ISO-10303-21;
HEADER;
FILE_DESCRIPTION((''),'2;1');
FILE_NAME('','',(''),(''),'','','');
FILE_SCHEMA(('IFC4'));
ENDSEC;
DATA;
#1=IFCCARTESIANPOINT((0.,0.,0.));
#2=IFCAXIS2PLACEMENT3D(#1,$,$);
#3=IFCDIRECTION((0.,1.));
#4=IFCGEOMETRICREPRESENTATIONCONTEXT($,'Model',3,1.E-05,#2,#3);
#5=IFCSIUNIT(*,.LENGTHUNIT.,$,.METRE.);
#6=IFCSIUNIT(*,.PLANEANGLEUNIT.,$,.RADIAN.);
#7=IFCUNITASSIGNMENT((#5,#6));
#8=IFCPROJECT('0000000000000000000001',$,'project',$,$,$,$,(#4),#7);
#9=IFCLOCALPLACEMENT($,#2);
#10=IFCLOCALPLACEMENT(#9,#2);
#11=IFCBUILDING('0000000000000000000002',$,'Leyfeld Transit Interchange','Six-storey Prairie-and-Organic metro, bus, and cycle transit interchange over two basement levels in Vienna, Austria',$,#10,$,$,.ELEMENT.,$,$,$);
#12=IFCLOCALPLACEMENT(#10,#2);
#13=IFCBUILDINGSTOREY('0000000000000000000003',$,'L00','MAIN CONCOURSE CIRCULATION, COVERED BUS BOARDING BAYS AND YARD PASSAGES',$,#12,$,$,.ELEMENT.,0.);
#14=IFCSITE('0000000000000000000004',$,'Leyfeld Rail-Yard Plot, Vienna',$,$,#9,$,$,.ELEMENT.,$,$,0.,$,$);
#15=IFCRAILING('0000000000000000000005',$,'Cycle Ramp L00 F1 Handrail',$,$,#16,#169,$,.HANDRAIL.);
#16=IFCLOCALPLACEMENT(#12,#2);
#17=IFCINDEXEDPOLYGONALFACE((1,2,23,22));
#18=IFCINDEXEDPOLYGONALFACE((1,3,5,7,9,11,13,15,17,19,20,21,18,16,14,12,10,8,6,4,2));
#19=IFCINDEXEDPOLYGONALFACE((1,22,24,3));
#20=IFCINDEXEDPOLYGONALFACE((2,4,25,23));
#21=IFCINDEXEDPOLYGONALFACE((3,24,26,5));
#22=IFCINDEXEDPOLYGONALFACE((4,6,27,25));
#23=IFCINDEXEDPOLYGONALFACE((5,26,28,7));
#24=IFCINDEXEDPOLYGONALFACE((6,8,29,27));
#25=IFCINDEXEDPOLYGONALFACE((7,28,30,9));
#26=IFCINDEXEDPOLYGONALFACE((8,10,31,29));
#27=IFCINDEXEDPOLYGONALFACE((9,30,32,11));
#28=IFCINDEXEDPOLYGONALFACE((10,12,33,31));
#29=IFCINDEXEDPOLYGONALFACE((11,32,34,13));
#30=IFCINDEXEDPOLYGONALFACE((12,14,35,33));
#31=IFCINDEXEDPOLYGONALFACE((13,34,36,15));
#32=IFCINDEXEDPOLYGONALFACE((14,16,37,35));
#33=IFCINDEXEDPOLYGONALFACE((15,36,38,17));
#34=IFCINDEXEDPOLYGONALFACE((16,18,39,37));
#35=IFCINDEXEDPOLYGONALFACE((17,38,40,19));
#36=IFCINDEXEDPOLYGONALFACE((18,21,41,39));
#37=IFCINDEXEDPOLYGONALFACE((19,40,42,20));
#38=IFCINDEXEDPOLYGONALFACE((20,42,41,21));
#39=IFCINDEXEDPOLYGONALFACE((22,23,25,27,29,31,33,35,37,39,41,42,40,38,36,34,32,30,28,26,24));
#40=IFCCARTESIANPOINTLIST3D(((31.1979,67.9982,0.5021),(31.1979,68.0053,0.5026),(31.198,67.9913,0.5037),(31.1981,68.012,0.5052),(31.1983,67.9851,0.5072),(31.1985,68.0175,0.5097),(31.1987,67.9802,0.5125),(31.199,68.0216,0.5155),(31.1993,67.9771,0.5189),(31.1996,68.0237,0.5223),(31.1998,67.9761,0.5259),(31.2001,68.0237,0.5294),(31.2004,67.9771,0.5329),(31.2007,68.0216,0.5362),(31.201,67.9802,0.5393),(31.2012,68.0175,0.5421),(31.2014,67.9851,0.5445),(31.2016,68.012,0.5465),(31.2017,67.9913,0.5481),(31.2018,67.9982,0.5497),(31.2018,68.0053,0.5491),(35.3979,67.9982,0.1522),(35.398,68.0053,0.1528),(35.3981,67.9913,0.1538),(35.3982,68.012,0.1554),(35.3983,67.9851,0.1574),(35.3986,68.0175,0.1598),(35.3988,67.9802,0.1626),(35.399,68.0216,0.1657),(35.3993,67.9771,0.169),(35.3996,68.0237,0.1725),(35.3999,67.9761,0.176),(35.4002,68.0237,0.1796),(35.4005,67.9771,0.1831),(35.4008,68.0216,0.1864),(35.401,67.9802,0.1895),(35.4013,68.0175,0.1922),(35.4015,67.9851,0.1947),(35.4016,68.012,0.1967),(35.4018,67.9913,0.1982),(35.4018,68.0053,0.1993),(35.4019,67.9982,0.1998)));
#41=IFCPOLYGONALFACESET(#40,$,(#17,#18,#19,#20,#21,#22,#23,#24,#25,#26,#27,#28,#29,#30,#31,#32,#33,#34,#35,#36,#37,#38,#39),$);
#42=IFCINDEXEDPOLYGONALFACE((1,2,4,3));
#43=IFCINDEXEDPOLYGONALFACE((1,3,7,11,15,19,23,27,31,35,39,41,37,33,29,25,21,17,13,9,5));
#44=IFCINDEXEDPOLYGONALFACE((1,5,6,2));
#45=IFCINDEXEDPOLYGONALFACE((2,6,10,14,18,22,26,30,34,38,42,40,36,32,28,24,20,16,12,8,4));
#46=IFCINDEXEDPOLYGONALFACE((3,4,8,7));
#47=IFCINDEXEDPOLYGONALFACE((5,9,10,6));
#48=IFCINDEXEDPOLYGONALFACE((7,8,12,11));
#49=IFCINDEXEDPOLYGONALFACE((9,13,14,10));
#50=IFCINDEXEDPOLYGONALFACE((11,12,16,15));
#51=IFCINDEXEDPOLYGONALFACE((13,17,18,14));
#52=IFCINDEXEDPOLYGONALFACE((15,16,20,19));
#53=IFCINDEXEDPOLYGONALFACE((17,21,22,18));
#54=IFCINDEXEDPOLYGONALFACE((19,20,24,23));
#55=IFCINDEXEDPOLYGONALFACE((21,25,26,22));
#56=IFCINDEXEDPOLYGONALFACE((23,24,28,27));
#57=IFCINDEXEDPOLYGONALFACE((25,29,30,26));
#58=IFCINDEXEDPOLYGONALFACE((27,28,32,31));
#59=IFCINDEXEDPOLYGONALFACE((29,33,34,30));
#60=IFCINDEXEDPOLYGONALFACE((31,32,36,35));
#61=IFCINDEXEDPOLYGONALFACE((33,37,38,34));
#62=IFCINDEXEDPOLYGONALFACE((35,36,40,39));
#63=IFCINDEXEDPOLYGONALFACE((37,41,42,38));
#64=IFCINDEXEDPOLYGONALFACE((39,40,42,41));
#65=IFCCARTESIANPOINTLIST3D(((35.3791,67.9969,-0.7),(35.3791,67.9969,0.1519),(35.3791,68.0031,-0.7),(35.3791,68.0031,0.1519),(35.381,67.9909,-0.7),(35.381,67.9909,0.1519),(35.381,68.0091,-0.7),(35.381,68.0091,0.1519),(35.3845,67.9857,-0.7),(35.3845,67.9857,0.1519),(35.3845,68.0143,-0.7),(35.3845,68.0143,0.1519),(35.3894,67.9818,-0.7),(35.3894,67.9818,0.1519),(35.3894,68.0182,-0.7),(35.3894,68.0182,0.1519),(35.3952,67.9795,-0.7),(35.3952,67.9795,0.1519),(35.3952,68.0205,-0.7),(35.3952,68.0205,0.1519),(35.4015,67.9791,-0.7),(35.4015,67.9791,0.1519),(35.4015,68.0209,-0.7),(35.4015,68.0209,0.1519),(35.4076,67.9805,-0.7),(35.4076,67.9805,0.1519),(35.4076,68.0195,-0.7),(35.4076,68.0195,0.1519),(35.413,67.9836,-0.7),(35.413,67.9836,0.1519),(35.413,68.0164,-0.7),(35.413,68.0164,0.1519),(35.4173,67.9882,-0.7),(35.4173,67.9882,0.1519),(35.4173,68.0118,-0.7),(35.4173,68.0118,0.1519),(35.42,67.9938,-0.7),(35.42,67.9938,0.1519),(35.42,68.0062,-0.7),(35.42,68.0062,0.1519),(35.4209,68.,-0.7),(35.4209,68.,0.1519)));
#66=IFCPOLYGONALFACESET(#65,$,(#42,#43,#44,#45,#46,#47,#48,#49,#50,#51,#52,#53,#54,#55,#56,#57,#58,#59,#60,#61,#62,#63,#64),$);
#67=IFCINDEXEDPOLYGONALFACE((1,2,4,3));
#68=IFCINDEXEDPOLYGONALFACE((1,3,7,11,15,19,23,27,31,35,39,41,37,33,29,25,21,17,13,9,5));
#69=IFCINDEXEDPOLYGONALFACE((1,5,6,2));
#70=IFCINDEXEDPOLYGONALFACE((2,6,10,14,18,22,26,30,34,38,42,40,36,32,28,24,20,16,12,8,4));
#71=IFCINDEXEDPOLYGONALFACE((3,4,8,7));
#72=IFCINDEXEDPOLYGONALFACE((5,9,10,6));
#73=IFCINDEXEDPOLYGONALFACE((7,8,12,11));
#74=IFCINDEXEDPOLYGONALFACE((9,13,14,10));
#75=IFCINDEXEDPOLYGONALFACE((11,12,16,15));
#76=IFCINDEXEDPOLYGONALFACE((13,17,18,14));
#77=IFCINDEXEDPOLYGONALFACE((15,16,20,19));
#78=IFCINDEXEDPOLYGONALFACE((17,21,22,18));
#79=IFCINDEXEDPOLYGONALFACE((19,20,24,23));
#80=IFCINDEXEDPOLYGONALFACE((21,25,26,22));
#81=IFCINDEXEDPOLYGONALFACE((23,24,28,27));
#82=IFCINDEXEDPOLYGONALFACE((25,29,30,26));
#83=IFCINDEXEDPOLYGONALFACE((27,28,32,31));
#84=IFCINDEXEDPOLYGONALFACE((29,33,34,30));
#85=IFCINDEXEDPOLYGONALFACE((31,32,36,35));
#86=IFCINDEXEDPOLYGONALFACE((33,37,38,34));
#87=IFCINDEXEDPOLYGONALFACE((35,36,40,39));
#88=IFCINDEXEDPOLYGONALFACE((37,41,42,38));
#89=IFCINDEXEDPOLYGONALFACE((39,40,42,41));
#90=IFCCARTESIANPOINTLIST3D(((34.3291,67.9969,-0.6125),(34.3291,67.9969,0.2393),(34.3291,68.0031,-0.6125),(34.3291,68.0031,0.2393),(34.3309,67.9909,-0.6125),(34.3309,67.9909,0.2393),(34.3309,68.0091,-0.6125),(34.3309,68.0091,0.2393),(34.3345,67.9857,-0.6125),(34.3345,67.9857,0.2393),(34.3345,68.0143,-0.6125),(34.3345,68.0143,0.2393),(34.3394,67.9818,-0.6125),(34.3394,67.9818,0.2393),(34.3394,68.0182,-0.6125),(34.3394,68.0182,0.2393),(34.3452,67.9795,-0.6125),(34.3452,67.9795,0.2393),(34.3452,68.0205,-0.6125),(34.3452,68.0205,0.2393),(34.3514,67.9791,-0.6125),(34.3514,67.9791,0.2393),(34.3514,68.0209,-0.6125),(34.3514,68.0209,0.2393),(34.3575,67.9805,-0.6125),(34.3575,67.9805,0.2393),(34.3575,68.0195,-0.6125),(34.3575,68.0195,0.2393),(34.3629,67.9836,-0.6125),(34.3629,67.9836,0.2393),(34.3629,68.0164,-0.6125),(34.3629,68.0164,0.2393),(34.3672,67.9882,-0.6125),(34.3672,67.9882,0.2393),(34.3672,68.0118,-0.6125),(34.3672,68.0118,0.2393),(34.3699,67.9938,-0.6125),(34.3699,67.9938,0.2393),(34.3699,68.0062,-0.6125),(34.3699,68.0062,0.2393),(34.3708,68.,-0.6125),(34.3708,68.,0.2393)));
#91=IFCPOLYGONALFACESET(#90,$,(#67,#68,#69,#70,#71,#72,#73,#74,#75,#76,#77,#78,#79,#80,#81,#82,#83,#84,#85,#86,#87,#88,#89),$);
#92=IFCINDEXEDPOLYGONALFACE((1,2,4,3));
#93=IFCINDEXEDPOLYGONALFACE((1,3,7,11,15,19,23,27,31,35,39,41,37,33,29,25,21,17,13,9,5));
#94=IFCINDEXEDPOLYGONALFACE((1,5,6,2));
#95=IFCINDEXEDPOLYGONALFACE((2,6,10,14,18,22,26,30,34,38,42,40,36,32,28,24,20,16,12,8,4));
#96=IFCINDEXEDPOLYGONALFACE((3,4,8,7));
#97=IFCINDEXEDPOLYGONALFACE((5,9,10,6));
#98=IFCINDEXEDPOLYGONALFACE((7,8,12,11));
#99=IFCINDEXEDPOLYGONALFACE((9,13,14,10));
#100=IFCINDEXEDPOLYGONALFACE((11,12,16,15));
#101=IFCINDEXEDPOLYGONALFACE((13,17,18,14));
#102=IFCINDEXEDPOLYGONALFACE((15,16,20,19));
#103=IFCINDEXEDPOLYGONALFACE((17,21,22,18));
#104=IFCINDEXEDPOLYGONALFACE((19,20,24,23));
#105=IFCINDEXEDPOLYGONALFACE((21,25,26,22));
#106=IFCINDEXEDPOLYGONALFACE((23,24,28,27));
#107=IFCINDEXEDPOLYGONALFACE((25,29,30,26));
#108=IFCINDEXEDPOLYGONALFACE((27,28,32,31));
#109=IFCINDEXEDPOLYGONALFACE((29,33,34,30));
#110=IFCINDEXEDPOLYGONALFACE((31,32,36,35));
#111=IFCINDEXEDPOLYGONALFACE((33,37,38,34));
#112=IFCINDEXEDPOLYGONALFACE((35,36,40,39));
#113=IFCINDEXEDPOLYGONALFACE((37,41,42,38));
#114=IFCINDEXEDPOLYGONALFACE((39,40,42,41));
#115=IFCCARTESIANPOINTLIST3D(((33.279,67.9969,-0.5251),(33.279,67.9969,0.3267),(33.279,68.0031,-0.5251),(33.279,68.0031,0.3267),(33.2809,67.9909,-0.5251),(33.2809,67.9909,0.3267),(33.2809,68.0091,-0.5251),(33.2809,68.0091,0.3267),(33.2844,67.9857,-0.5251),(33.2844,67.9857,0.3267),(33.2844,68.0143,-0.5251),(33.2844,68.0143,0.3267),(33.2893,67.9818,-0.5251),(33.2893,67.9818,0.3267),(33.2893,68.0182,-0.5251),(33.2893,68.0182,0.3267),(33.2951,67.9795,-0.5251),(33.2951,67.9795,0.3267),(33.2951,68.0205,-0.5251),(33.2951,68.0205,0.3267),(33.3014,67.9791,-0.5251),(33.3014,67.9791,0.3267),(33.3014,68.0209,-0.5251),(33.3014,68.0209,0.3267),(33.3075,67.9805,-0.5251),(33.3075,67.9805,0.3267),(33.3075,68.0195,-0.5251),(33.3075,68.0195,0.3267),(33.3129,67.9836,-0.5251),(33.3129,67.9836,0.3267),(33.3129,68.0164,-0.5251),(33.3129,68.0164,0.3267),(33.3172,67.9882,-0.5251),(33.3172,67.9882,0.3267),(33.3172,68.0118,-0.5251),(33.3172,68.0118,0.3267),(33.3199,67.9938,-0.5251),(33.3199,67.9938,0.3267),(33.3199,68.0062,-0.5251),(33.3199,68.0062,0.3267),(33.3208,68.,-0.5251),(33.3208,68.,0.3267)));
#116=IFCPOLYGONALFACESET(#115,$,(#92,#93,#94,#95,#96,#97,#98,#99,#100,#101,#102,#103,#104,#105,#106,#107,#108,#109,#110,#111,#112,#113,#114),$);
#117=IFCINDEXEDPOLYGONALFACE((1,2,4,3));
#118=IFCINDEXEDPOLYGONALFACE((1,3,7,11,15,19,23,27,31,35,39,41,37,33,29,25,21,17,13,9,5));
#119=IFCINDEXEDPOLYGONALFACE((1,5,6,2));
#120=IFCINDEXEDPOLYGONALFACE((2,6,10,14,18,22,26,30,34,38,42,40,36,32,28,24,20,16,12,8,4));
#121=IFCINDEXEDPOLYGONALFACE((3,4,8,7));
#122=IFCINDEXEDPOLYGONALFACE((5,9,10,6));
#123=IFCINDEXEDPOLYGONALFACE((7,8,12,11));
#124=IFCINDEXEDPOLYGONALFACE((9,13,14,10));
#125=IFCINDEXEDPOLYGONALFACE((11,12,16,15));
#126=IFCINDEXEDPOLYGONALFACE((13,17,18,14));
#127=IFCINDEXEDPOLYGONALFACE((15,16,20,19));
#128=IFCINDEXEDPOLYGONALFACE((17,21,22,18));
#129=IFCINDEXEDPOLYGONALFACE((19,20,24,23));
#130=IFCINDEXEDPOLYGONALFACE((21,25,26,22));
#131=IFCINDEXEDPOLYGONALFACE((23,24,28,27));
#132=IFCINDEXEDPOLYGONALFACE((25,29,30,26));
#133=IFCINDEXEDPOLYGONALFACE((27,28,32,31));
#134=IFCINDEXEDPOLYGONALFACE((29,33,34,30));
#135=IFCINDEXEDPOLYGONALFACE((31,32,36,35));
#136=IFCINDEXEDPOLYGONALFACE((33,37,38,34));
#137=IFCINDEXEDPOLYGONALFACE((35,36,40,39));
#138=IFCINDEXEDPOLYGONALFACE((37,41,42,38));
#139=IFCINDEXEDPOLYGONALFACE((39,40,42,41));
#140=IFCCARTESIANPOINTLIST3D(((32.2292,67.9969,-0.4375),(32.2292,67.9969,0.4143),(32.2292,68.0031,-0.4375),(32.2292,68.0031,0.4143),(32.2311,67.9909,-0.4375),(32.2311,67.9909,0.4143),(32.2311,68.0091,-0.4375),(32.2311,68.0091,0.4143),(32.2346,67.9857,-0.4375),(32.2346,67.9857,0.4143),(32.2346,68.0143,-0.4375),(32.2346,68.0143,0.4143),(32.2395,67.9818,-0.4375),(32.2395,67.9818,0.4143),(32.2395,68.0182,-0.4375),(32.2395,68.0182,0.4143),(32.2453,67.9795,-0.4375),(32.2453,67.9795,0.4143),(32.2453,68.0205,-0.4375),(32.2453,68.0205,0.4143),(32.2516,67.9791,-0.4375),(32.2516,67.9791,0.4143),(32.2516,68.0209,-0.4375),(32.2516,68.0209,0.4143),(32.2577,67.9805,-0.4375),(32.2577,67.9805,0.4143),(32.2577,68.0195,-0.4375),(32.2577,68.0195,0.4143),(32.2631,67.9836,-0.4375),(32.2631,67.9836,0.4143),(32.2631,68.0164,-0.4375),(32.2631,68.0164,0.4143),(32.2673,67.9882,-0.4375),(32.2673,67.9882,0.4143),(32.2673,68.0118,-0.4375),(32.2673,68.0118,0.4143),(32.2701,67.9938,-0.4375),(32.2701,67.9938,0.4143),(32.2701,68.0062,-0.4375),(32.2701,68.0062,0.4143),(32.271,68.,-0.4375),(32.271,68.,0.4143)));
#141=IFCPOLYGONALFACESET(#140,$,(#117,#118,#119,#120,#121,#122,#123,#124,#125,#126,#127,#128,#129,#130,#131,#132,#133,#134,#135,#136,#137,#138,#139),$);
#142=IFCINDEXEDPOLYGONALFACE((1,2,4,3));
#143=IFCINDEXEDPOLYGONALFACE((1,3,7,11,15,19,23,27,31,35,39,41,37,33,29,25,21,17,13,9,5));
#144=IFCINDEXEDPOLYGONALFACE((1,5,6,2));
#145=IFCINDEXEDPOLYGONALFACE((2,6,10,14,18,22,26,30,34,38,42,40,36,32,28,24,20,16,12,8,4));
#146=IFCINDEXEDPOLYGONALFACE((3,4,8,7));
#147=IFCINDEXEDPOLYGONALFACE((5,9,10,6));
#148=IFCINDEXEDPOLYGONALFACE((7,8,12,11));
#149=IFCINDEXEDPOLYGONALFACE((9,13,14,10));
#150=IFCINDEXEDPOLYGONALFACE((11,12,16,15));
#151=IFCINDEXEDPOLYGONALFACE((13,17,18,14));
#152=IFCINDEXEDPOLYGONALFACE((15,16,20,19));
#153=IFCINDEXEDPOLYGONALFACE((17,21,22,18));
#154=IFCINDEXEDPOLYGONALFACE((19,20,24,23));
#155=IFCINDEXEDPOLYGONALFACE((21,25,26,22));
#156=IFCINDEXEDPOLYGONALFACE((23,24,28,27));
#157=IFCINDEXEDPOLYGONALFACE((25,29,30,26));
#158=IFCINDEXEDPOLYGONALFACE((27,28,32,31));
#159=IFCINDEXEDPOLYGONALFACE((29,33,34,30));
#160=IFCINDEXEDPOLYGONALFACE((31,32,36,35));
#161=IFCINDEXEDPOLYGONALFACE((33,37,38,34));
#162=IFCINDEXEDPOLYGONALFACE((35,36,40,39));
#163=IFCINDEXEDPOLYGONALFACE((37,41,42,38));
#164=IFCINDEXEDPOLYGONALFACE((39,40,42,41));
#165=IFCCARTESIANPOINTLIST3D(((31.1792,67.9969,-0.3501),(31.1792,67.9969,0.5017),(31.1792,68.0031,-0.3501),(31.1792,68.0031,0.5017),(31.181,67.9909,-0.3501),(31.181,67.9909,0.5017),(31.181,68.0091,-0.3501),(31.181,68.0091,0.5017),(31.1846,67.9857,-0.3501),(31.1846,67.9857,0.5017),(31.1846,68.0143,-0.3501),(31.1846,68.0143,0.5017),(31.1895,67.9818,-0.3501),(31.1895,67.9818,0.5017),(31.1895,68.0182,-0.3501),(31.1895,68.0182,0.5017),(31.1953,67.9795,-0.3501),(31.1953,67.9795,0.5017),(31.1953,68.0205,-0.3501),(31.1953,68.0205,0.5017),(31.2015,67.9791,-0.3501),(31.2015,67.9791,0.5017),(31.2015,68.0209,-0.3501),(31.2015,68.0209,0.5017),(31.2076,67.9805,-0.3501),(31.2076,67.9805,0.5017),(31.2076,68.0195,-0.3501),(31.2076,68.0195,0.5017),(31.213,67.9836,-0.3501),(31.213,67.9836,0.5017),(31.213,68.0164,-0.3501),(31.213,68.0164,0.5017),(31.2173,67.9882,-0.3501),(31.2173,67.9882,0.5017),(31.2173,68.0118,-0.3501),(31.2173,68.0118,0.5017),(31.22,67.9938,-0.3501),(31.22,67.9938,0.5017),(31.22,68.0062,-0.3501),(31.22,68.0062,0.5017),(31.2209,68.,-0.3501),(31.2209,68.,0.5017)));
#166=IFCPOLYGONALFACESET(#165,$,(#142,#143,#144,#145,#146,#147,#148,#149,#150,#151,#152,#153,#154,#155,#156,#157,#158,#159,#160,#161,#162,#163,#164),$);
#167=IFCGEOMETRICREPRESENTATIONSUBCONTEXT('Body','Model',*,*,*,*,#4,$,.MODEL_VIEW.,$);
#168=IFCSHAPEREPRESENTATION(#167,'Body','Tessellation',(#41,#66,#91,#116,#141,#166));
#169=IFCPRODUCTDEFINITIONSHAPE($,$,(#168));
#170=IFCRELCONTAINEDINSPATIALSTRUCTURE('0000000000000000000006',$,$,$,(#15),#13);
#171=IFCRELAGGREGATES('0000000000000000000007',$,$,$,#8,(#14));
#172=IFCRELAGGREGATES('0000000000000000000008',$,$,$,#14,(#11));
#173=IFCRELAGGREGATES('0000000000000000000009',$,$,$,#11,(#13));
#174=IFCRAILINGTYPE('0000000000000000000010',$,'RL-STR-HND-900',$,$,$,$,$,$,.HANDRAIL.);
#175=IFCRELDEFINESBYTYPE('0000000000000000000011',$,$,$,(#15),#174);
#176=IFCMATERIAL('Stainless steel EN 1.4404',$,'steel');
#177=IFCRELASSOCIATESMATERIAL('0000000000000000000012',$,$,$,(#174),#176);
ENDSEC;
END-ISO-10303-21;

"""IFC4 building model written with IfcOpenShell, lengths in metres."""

from ifc_helpers import new_model, si_unit, direction, frame, origin, origin_2d, place, context, subcontext, project, spatial, circle, extrude, material, type_object, element, save


model = new_model("IFC4")

# Units and contexts
model_context = context("Model", 3, precision=1e-05, world=origin(), true_north=direction((0.0, 1.0)))
body_context = subcontext(model_context, "Body", "Model", "MODEL_VIEW")
ifc_project = project(units=[si_unit("LENGTHUNIT", "METRE"), si_unit("PLANEANGLEUNIT", "RADIAN")], contexts=[model_context])

# Site, building, storey
site_placement = place(None, origin())
site = spatial("IfcSite", under=ifc_project, at=site_placement, Name="Leyfeld Rail-Yard Plot, Vienna", CompositionType="ELEMENT", RefElevation=0.0)
building_placement = place(site_placement, origin())
building = spatial("IfcBuilding", under=site, at=building_placement, Name="Leyfeld Transit Interchange", Description="Six-storey Prairie-and-Organic metro, bus, and cycle transit interchange over two basement levels in Vienna, Austria", CompositionType="ELEMENT")
storey_placement = place(building_placement, origin())
storey = spatial("IfcBuildingStorey", under=building, at=storey_placement, Name="L00", Description="MAIN CONCOURSE CIRCULATION, COVERED BUS BOARDING BAYS AND YARD PASSAGES", CompositionType="ELEMENT", Elevation=0.0)

# Railing
ifc_material_1 = material(Name="Stainless steel EN 1.4404", Category="steel")
railing_type_1 = type_object("IfcRailingType", Name="RL-STR-HND-900", PredefinedType="HANDRAIL", material=ifc_material_1)
railing_1_placement = place(storey_placement, frame((35.3999, 68.0, -0.7)))
element("IfcRailing", 1, at=railing_1_placement, inside=storey, type_object=railing_type_1, Name="Cycle Ramp L00 F1 Handrail", PredefinedType="HANDRAIL", context=body_context, shape_type="SweptSolid", body=[
    extrude(circle(Radius=0.0239, at=origin_2d()), frame((0.0, 0.0, 0.876), z_axis=(-0.996549, 0.0, 0.083012), x_axis=(0.0, -1.0, 0.0)), (0.0, 0.0, 1.0), 4.2146),
    extrude(circle(Radius=0.021, at=origin_2d()), origin(), (0.0, 0.0, 1.0), 0.8518),
    extrude(circle(Radius=0.021, at=origin_2d()), frame((-1.05, 0.0, 0.0874)), (0.0, 0.0, 1.0), 0.8518),
    extrude(circle(Radius=0.021, at=origin_2d()), frame((-2.1001, 0.0, 0.1748)), (0.0, 0.0, 1.0), 0.8518),
    extrude(circle(Radius=0.021, at=origin_2d()), frame((-3.1499, 0.0, 0.2625)), (0.0, 0.0, 1.0), 0.8518),
    extrude(circle(Radius=0.021, at=origin_2d()), frame((-4.2, 0.0, 0.3499)), (0.0, 0.0, 1.0), 0.8518),
])

save(model, "model.ifc")
